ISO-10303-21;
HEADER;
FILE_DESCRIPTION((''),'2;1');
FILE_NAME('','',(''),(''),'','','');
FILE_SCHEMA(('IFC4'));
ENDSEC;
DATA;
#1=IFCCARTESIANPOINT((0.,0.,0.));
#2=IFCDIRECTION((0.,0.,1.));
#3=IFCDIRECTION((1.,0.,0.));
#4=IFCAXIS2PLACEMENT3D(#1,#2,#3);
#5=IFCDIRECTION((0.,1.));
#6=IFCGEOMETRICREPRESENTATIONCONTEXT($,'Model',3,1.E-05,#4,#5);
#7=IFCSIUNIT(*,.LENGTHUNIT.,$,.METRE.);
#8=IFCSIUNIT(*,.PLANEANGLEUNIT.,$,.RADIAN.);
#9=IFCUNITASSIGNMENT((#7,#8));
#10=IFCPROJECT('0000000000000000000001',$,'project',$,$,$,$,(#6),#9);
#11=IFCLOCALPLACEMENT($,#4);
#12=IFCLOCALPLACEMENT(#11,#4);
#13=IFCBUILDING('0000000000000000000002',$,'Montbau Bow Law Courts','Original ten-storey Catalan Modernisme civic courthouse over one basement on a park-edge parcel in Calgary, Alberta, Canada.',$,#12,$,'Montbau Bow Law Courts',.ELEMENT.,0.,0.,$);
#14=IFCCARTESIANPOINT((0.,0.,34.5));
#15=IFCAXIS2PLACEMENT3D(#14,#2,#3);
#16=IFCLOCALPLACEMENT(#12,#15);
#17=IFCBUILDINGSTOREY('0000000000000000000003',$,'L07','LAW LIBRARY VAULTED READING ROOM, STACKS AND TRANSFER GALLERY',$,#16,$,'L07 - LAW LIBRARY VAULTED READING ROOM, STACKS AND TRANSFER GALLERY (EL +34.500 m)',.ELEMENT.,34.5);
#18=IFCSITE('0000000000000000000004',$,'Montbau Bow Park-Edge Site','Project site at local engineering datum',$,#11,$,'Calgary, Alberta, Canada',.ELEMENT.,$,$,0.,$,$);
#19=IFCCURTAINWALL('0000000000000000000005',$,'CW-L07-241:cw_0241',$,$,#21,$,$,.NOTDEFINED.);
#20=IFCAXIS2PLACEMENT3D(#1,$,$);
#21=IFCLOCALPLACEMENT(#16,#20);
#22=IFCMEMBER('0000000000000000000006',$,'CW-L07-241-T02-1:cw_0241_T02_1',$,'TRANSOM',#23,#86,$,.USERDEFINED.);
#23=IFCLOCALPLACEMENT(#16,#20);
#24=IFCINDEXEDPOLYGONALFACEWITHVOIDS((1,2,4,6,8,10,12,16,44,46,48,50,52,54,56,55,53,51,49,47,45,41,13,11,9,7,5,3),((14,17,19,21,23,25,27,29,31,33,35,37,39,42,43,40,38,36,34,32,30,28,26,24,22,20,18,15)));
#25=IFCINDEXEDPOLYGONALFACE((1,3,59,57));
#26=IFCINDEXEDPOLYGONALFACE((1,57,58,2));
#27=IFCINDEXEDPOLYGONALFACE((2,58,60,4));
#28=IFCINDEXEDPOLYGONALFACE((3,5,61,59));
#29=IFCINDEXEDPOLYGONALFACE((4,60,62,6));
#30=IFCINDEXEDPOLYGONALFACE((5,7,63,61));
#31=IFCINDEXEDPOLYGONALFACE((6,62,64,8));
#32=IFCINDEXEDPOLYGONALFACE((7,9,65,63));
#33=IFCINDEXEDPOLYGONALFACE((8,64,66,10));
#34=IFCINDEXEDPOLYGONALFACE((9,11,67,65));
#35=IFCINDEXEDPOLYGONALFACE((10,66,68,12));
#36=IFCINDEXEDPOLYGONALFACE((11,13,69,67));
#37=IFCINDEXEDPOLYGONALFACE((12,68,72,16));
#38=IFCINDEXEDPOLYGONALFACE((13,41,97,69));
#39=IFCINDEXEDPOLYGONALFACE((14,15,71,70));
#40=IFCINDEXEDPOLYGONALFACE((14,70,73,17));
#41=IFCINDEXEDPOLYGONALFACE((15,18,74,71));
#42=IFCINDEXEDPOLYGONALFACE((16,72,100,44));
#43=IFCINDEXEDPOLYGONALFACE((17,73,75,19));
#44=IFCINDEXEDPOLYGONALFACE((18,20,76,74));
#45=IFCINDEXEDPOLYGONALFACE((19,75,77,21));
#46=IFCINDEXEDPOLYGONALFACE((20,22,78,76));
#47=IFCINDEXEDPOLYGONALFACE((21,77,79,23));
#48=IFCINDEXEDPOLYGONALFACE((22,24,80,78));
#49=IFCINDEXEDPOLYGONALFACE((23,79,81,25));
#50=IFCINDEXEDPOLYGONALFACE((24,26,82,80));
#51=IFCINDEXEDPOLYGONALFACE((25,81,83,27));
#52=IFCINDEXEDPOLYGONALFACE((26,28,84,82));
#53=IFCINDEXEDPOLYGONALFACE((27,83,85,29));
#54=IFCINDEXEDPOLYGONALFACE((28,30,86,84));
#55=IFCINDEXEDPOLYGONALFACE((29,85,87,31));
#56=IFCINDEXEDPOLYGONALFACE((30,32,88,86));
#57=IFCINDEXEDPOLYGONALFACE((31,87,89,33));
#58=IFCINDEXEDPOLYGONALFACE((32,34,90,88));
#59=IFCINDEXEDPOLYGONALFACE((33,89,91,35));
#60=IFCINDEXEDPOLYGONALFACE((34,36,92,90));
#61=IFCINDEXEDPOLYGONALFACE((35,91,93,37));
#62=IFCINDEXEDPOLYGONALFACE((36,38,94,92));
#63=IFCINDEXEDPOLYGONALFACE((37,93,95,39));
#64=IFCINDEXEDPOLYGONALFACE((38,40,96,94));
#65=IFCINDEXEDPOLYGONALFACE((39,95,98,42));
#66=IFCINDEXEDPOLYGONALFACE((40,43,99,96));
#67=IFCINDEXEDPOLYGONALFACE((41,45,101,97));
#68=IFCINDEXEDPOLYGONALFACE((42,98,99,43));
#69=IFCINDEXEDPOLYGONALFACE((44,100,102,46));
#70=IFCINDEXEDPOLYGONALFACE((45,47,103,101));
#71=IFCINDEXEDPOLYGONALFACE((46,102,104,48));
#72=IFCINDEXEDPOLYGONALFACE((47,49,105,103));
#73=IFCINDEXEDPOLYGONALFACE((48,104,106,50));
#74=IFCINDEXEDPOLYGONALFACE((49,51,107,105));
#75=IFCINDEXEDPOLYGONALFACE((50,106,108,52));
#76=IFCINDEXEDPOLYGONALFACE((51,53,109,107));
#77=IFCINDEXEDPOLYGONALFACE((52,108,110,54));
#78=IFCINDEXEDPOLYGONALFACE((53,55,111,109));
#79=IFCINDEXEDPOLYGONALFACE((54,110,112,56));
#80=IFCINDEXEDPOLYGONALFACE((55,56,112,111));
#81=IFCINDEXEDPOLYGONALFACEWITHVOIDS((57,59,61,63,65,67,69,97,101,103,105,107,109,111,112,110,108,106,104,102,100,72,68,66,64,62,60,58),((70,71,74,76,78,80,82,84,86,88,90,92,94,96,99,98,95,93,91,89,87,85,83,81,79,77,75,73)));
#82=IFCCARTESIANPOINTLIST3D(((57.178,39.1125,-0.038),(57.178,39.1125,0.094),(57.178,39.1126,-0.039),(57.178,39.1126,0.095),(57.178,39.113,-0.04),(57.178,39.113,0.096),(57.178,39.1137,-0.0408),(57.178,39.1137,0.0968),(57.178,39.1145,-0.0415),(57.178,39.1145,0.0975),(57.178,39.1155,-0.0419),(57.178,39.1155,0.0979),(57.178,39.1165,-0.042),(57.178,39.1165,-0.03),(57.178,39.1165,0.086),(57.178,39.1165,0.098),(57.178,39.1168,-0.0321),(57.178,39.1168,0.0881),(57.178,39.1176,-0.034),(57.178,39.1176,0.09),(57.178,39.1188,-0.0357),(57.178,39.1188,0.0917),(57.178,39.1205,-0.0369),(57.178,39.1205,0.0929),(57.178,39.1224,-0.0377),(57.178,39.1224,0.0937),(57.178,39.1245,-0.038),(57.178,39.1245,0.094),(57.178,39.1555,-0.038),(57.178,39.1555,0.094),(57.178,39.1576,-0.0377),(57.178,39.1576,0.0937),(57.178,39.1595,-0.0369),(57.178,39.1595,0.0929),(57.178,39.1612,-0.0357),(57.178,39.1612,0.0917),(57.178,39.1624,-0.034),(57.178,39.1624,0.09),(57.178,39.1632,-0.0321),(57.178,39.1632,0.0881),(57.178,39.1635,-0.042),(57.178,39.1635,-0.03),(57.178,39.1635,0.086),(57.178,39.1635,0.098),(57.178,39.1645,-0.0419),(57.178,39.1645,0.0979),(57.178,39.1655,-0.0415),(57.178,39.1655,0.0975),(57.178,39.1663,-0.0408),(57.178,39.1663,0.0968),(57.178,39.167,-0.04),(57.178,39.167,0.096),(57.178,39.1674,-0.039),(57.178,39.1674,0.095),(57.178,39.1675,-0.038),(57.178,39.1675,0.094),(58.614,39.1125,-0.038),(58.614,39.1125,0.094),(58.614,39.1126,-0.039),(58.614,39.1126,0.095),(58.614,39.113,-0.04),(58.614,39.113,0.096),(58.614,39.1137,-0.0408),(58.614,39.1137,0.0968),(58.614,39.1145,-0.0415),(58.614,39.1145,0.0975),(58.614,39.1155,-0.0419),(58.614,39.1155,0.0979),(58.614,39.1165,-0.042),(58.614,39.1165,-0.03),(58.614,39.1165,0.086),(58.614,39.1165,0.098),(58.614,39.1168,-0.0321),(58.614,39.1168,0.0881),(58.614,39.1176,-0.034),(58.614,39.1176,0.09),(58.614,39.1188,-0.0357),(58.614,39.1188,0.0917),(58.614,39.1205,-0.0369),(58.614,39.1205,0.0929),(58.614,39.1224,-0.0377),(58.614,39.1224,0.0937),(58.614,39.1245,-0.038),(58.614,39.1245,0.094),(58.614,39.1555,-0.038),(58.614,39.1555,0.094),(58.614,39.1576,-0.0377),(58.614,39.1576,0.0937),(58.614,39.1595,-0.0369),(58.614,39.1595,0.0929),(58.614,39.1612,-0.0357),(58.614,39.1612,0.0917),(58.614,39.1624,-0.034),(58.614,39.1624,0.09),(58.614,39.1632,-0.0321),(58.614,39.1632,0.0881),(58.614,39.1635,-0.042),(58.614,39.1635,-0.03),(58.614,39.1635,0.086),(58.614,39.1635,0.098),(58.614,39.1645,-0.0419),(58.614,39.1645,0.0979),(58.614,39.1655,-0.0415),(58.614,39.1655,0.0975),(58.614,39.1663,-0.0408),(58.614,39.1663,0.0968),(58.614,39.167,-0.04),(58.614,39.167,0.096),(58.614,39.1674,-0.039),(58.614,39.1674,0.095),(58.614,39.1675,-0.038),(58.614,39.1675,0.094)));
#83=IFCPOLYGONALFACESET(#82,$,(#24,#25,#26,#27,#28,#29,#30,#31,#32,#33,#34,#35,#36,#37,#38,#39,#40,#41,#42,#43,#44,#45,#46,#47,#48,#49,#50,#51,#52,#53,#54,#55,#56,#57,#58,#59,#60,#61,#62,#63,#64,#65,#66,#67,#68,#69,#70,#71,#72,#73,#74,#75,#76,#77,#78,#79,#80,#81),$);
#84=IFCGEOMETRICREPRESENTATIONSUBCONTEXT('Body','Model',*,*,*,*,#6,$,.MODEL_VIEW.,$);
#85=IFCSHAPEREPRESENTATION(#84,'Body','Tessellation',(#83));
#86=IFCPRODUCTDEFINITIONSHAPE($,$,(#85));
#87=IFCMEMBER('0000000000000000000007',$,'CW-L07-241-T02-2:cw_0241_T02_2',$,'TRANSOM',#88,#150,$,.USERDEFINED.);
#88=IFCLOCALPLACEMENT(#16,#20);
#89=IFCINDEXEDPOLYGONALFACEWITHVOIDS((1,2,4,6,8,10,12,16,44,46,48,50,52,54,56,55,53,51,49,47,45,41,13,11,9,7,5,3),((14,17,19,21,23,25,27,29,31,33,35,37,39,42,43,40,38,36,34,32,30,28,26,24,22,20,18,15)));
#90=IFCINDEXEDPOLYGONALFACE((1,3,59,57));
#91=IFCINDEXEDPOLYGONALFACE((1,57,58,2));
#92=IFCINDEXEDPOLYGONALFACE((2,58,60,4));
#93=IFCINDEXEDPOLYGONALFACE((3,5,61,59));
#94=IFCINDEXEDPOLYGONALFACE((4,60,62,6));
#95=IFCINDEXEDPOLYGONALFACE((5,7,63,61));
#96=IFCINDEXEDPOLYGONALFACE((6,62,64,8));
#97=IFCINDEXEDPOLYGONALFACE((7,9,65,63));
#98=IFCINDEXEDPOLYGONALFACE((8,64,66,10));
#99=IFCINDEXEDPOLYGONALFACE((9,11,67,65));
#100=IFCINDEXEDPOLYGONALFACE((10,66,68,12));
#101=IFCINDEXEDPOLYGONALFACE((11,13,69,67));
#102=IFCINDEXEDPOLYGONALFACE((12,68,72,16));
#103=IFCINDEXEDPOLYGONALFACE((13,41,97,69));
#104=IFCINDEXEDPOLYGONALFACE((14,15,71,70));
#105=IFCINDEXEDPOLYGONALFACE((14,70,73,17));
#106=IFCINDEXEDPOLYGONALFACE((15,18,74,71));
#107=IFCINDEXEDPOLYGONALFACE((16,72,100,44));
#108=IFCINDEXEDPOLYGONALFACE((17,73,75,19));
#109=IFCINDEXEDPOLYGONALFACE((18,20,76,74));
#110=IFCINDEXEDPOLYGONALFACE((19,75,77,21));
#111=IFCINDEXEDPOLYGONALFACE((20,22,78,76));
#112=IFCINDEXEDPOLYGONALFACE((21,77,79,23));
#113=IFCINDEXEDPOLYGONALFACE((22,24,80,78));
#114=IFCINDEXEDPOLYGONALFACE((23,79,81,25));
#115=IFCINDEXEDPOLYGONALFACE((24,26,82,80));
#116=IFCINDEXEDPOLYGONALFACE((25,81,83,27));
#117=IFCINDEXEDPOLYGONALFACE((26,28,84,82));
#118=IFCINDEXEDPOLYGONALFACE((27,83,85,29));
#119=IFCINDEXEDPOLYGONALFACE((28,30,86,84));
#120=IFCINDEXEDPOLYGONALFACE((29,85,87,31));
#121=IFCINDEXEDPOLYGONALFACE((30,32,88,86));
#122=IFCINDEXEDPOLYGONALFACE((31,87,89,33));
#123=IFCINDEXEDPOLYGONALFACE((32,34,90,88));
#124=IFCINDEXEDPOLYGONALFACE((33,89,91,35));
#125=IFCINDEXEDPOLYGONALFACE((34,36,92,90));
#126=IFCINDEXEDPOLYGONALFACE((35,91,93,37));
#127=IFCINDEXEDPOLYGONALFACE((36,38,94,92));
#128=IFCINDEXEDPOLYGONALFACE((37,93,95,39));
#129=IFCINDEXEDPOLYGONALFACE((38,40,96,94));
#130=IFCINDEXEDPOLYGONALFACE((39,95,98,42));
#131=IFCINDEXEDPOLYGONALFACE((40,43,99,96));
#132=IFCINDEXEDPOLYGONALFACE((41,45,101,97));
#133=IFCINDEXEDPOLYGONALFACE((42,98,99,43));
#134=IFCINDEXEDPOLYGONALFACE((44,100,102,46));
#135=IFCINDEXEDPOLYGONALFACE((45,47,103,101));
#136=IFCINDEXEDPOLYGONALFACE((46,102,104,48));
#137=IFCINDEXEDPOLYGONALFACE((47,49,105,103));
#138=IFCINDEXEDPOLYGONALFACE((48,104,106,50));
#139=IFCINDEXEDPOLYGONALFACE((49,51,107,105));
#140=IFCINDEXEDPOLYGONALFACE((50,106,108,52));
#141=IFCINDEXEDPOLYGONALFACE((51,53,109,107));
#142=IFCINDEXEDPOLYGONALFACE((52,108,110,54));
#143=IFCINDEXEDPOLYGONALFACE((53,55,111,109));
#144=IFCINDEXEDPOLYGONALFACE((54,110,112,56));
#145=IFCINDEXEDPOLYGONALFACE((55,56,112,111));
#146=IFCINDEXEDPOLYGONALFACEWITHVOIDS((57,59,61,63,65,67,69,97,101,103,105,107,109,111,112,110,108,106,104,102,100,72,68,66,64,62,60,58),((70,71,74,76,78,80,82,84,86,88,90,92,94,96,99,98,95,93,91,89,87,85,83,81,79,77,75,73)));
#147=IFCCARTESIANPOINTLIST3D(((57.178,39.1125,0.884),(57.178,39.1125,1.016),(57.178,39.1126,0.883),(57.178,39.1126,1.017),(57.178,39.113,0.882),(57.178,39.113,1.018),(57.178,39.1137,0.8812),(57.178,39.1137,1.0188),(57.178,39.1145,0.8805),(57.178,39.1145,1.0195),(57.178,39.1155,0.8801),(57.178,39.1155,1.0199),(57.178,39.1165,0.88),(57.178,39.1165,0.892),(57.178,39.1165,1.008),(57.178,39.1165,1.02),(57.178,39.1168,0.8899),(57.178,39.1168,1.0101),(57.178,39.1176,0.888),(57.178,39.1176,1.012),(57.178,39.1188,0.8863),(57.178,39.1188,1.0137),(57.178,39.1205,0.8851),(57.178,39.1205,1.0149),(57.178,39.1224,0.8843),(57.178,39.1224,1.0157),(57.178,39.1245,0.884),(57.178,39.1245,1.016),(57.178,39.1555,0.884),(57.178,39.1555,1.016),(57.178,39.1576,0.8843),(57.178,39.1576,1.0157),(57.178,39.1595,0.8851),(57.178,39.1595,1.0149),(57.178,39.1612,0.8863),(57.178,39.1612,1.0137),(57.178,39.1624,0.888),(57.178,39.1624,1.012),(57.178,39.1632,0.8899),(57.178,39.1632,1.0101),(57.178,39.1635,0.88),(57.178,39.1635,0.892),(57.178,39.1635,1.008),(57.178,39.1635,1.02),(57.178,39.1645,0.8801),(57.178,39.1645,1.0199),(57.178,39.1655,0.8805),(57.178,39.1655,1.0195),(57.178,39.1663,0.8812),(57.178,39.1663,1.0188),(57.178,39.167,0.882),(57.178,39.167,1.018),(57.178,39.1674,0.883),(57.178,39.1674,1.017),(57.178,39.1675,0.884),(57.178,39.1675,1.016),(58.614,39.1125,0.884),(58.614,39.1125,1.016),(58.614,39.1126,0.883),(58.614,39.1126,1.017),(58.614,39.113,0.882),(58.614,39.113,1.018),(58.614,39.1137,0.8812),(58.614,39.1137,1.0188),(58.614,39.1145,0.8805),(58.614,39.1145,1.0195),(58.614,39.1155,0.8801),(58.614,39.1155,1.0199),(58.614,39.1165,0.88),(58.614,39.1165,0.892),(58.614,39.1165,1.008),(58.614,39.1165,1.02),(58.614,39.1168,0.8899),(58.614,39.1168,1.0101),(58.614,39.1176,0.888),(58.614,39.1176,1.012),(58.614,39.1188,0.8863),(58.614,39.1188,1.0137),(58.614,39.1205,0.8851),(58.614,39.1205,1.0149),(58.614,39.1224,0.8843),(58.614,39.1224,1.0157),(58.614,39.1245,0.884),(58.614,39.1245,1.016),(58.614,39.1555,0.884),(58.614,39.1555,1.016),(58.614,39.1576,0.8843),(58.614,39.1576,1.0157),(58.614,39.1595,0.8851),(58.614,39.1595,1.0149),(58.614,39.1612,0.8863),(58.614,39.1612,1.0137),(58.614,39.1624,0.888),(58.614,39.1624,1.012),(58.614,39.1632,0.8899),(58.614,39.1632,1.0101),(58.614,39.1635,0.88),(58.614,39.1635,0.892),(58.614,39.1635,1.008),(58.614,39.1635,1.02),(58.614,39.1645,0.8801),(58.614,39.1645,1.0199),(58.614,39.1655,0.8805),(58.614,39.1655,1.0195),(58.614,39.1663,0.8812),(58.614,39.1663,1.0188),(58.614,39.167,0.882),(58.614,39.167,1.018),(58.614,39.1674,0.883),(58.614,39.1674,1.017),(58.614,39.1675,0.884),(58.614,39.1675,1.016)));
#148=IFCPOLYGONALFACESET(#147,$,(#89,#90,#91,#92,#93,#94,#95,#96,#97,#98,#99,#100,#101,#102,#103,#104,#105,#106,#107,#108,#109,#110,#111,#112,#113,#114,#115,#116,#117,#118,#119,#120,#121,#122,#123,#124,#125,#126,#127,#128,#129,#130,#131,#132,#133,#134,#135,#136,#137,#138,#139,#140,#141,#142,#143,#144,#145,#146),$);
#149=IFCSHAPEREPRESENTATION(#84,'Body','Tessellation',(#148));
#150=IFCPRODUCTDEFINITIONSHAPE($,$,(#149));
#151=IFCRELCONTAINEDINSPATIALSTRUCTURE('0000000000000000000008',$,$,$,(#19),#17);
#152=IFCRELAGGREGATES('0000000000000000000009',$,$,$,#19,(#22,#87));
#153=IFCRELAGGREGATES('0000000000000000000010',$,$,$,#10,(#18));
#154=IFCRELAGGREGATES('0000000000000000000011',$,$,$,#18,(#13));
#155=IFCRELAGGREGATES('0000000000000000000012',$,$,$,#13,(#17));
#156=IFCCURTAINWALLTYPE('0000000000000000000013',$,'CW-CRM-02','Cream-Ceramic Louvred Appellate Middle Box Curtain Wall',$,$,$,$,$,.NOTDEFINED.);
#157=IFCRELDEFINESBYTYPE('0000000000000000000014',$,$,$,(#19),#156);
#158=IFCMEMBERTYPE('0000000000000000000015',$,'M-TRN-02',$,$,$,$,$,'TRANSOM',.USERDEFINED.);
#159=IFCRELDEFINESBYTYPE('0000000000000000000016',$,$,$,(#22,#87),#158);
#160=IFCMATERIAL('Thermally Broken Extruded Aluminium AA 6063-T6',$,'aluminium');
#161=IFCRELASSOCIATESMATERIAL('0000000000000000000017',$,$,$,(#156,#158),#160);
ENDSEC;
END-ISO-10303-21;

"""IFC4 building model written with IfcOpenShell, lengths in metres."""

from ifc_helpers import new_model, si_unit, direction, frame, origin_with_axes, origin_2d_with_axis, place, context, subcontext, project, spatial, hollow_rectangle, extrude, material, material_profile, profile_set, type_object, element, aggregate, save


model = new_model("IFC4")

# Units and contexts
model_context = context("Model", 3, precision=1e-05, world=origin_with_axes(), true_north=direction((0.0, 1.0)))
body_context = subcontext(model_context, "Body", "Model", "MODEL_VIEW")
ifc_project = project(units=[si_unit("LENGTHUNIT", "METRE"), si_unit("PLANEANGLEUNIT", "RADIAN")], contexts=[model_context])

# Site, building, storey
site_placement = place(None, origin_with_axes())
site = spatial("IfcSite", under=ifc_project, at=site_placement, Name="Montbau Bow Park-Edge Site", Description="Project site at local engineering datum", LongName="Calgary, Alberta, Canada", CompositionType="ELEMENT", RefElevation=0.0)
building_placement = place(site_placement, origin_with_axes())
building = spatial("IfcBuilding", under=site, at=building_placement, Name="Montbau Bow Law Courts", Description="Original ten-storey Catalan Modernisme civic courthouse over one basement on a park-edge parcel in Calgary, Alberta, Canada.", LongName="Montbau Bow Law Courts", CompositionType="ELEMENT", ElevationOfRefHeight=0.0, ElevationOfTerrain=0.0)
storey_placement = place(building_placement, frame((0.0, 0.0, 34.5), z_axis=(0.0, 0.0, 1.0), x_axis=(1.0, 0.0, 0.0)))
storey = spatial("IfcBuildingStorey", under=building, at=storey_placement, Name="L07", Description="LAW LIBRARY VAULTED READING ROOM, STACKS AND TRANSFER GALLERY", LongName="L07 - LAW LIBRARY VAULTED READING ROOM, STACKS AND TRANSFER GALLERY (EL +34.500 m)", CompositionType="ELEMENT", Elevation=34.5)

# Curtain wall, members
ifc_material_1 = material(Name="Thermally Broken Extruded Aluminium AA 6063-T6", Category="aluminium")
curtain_wall_type = type_object("IfcCurtainWallType", Name="CW-CRM-02", Description="Cream-Ceramic Louvred Appellate Middle Box Curtain Wall", PredefinedType="NOTDEFINED", material=ifc_material_1)
curtain_wall_placement = place(None, frame((55.64, 39.14, 34.5), z_axis=(0.0, 0.0, 1.0), x_axis=(1.0, 0.0, 0.0)))
curtain_wall = element("IfcCurtainWall", 1, at=curtain_wall_placement, inside=storey, type_object=curtain_wall_type, Name="CW-L07-241:cw_0241", PredefinedType="NOTDEFINED")
ifc_material_profile_1 = material_profile(ifc_material_1, hollow_rectangle(XDim=0.055, YDim=0.14, WallThickness=0.004, InnerFilletRadius=0.008, OuterFilletRadius=0.004, at=origin_2d_with_axis()), Name="CWT-140X55", Category="Main", Priority=0)
ifc_profile_set_1 = profile_set([ifc_material_profile_1], Name="Thermally Broken Extruded Aluminium AA 6063-T6")
member_type_1 = type_object("IfcMemberType", Name="M-TRN-02", ElementType="TRANSOM", PredefinedType="USERDEFINED", material=ifc_profile_set_1)
member_1_placement = place(None, frame((57.178, 39.14, 34.528), z_axis=(1.0, 0.0, 0.0), x_axis=(0.0, 1.0, 0.0)))
member_1 = element("IfcMember", 2, at=member_1_placement, type_object=member_type_1, Name="CW-L07-241-T02-1:cw_0241_T02_1", ObjectType="TRANSOM", PredefinedType="USERDEFINED", context=body_context, shape_type="SweptSolid", body=[
    extrude(hollow_rectangle(XDim=0.055, YDim=0.14, WallThickness=0.004, InnerFilletRadius=0.008, OuterFilletRadius=0.004, at=origin_2d_with_axis()), origin_with_axes(), (0.0, 0.0, 1.0), 1.436),
])
member_2_placement = place(None, frame((57.178, 39.14, 35.45), z_axis=(1.0, 0.0, 0.0), x_axis=(0.0, 1.0, 0.0)))
member_2 = element("IfcMember", 3, at=member_2_placement, type_object=member_type_1, Name="CW-L07-241-T02-2:cw_0241_T02_2", ObjectType="TRANSOM", PredefinedType="USERDEFINED", context=body_context, shape_type="SweptSolid", body=[
    extrude(hollow_rectangle(XDim=0.055, YDim=0.14, WallThickness=0.004, InnerFilletRadius=0.008, OuterFilletRadius=0.004, at=origin_2d_with_axis()), origin_with_axes(), (0.0, 0.0, 1.0), 1.436),
])
aggregate(curtain_wall, [member_1, member_2])

save(model, "model.ifc")
